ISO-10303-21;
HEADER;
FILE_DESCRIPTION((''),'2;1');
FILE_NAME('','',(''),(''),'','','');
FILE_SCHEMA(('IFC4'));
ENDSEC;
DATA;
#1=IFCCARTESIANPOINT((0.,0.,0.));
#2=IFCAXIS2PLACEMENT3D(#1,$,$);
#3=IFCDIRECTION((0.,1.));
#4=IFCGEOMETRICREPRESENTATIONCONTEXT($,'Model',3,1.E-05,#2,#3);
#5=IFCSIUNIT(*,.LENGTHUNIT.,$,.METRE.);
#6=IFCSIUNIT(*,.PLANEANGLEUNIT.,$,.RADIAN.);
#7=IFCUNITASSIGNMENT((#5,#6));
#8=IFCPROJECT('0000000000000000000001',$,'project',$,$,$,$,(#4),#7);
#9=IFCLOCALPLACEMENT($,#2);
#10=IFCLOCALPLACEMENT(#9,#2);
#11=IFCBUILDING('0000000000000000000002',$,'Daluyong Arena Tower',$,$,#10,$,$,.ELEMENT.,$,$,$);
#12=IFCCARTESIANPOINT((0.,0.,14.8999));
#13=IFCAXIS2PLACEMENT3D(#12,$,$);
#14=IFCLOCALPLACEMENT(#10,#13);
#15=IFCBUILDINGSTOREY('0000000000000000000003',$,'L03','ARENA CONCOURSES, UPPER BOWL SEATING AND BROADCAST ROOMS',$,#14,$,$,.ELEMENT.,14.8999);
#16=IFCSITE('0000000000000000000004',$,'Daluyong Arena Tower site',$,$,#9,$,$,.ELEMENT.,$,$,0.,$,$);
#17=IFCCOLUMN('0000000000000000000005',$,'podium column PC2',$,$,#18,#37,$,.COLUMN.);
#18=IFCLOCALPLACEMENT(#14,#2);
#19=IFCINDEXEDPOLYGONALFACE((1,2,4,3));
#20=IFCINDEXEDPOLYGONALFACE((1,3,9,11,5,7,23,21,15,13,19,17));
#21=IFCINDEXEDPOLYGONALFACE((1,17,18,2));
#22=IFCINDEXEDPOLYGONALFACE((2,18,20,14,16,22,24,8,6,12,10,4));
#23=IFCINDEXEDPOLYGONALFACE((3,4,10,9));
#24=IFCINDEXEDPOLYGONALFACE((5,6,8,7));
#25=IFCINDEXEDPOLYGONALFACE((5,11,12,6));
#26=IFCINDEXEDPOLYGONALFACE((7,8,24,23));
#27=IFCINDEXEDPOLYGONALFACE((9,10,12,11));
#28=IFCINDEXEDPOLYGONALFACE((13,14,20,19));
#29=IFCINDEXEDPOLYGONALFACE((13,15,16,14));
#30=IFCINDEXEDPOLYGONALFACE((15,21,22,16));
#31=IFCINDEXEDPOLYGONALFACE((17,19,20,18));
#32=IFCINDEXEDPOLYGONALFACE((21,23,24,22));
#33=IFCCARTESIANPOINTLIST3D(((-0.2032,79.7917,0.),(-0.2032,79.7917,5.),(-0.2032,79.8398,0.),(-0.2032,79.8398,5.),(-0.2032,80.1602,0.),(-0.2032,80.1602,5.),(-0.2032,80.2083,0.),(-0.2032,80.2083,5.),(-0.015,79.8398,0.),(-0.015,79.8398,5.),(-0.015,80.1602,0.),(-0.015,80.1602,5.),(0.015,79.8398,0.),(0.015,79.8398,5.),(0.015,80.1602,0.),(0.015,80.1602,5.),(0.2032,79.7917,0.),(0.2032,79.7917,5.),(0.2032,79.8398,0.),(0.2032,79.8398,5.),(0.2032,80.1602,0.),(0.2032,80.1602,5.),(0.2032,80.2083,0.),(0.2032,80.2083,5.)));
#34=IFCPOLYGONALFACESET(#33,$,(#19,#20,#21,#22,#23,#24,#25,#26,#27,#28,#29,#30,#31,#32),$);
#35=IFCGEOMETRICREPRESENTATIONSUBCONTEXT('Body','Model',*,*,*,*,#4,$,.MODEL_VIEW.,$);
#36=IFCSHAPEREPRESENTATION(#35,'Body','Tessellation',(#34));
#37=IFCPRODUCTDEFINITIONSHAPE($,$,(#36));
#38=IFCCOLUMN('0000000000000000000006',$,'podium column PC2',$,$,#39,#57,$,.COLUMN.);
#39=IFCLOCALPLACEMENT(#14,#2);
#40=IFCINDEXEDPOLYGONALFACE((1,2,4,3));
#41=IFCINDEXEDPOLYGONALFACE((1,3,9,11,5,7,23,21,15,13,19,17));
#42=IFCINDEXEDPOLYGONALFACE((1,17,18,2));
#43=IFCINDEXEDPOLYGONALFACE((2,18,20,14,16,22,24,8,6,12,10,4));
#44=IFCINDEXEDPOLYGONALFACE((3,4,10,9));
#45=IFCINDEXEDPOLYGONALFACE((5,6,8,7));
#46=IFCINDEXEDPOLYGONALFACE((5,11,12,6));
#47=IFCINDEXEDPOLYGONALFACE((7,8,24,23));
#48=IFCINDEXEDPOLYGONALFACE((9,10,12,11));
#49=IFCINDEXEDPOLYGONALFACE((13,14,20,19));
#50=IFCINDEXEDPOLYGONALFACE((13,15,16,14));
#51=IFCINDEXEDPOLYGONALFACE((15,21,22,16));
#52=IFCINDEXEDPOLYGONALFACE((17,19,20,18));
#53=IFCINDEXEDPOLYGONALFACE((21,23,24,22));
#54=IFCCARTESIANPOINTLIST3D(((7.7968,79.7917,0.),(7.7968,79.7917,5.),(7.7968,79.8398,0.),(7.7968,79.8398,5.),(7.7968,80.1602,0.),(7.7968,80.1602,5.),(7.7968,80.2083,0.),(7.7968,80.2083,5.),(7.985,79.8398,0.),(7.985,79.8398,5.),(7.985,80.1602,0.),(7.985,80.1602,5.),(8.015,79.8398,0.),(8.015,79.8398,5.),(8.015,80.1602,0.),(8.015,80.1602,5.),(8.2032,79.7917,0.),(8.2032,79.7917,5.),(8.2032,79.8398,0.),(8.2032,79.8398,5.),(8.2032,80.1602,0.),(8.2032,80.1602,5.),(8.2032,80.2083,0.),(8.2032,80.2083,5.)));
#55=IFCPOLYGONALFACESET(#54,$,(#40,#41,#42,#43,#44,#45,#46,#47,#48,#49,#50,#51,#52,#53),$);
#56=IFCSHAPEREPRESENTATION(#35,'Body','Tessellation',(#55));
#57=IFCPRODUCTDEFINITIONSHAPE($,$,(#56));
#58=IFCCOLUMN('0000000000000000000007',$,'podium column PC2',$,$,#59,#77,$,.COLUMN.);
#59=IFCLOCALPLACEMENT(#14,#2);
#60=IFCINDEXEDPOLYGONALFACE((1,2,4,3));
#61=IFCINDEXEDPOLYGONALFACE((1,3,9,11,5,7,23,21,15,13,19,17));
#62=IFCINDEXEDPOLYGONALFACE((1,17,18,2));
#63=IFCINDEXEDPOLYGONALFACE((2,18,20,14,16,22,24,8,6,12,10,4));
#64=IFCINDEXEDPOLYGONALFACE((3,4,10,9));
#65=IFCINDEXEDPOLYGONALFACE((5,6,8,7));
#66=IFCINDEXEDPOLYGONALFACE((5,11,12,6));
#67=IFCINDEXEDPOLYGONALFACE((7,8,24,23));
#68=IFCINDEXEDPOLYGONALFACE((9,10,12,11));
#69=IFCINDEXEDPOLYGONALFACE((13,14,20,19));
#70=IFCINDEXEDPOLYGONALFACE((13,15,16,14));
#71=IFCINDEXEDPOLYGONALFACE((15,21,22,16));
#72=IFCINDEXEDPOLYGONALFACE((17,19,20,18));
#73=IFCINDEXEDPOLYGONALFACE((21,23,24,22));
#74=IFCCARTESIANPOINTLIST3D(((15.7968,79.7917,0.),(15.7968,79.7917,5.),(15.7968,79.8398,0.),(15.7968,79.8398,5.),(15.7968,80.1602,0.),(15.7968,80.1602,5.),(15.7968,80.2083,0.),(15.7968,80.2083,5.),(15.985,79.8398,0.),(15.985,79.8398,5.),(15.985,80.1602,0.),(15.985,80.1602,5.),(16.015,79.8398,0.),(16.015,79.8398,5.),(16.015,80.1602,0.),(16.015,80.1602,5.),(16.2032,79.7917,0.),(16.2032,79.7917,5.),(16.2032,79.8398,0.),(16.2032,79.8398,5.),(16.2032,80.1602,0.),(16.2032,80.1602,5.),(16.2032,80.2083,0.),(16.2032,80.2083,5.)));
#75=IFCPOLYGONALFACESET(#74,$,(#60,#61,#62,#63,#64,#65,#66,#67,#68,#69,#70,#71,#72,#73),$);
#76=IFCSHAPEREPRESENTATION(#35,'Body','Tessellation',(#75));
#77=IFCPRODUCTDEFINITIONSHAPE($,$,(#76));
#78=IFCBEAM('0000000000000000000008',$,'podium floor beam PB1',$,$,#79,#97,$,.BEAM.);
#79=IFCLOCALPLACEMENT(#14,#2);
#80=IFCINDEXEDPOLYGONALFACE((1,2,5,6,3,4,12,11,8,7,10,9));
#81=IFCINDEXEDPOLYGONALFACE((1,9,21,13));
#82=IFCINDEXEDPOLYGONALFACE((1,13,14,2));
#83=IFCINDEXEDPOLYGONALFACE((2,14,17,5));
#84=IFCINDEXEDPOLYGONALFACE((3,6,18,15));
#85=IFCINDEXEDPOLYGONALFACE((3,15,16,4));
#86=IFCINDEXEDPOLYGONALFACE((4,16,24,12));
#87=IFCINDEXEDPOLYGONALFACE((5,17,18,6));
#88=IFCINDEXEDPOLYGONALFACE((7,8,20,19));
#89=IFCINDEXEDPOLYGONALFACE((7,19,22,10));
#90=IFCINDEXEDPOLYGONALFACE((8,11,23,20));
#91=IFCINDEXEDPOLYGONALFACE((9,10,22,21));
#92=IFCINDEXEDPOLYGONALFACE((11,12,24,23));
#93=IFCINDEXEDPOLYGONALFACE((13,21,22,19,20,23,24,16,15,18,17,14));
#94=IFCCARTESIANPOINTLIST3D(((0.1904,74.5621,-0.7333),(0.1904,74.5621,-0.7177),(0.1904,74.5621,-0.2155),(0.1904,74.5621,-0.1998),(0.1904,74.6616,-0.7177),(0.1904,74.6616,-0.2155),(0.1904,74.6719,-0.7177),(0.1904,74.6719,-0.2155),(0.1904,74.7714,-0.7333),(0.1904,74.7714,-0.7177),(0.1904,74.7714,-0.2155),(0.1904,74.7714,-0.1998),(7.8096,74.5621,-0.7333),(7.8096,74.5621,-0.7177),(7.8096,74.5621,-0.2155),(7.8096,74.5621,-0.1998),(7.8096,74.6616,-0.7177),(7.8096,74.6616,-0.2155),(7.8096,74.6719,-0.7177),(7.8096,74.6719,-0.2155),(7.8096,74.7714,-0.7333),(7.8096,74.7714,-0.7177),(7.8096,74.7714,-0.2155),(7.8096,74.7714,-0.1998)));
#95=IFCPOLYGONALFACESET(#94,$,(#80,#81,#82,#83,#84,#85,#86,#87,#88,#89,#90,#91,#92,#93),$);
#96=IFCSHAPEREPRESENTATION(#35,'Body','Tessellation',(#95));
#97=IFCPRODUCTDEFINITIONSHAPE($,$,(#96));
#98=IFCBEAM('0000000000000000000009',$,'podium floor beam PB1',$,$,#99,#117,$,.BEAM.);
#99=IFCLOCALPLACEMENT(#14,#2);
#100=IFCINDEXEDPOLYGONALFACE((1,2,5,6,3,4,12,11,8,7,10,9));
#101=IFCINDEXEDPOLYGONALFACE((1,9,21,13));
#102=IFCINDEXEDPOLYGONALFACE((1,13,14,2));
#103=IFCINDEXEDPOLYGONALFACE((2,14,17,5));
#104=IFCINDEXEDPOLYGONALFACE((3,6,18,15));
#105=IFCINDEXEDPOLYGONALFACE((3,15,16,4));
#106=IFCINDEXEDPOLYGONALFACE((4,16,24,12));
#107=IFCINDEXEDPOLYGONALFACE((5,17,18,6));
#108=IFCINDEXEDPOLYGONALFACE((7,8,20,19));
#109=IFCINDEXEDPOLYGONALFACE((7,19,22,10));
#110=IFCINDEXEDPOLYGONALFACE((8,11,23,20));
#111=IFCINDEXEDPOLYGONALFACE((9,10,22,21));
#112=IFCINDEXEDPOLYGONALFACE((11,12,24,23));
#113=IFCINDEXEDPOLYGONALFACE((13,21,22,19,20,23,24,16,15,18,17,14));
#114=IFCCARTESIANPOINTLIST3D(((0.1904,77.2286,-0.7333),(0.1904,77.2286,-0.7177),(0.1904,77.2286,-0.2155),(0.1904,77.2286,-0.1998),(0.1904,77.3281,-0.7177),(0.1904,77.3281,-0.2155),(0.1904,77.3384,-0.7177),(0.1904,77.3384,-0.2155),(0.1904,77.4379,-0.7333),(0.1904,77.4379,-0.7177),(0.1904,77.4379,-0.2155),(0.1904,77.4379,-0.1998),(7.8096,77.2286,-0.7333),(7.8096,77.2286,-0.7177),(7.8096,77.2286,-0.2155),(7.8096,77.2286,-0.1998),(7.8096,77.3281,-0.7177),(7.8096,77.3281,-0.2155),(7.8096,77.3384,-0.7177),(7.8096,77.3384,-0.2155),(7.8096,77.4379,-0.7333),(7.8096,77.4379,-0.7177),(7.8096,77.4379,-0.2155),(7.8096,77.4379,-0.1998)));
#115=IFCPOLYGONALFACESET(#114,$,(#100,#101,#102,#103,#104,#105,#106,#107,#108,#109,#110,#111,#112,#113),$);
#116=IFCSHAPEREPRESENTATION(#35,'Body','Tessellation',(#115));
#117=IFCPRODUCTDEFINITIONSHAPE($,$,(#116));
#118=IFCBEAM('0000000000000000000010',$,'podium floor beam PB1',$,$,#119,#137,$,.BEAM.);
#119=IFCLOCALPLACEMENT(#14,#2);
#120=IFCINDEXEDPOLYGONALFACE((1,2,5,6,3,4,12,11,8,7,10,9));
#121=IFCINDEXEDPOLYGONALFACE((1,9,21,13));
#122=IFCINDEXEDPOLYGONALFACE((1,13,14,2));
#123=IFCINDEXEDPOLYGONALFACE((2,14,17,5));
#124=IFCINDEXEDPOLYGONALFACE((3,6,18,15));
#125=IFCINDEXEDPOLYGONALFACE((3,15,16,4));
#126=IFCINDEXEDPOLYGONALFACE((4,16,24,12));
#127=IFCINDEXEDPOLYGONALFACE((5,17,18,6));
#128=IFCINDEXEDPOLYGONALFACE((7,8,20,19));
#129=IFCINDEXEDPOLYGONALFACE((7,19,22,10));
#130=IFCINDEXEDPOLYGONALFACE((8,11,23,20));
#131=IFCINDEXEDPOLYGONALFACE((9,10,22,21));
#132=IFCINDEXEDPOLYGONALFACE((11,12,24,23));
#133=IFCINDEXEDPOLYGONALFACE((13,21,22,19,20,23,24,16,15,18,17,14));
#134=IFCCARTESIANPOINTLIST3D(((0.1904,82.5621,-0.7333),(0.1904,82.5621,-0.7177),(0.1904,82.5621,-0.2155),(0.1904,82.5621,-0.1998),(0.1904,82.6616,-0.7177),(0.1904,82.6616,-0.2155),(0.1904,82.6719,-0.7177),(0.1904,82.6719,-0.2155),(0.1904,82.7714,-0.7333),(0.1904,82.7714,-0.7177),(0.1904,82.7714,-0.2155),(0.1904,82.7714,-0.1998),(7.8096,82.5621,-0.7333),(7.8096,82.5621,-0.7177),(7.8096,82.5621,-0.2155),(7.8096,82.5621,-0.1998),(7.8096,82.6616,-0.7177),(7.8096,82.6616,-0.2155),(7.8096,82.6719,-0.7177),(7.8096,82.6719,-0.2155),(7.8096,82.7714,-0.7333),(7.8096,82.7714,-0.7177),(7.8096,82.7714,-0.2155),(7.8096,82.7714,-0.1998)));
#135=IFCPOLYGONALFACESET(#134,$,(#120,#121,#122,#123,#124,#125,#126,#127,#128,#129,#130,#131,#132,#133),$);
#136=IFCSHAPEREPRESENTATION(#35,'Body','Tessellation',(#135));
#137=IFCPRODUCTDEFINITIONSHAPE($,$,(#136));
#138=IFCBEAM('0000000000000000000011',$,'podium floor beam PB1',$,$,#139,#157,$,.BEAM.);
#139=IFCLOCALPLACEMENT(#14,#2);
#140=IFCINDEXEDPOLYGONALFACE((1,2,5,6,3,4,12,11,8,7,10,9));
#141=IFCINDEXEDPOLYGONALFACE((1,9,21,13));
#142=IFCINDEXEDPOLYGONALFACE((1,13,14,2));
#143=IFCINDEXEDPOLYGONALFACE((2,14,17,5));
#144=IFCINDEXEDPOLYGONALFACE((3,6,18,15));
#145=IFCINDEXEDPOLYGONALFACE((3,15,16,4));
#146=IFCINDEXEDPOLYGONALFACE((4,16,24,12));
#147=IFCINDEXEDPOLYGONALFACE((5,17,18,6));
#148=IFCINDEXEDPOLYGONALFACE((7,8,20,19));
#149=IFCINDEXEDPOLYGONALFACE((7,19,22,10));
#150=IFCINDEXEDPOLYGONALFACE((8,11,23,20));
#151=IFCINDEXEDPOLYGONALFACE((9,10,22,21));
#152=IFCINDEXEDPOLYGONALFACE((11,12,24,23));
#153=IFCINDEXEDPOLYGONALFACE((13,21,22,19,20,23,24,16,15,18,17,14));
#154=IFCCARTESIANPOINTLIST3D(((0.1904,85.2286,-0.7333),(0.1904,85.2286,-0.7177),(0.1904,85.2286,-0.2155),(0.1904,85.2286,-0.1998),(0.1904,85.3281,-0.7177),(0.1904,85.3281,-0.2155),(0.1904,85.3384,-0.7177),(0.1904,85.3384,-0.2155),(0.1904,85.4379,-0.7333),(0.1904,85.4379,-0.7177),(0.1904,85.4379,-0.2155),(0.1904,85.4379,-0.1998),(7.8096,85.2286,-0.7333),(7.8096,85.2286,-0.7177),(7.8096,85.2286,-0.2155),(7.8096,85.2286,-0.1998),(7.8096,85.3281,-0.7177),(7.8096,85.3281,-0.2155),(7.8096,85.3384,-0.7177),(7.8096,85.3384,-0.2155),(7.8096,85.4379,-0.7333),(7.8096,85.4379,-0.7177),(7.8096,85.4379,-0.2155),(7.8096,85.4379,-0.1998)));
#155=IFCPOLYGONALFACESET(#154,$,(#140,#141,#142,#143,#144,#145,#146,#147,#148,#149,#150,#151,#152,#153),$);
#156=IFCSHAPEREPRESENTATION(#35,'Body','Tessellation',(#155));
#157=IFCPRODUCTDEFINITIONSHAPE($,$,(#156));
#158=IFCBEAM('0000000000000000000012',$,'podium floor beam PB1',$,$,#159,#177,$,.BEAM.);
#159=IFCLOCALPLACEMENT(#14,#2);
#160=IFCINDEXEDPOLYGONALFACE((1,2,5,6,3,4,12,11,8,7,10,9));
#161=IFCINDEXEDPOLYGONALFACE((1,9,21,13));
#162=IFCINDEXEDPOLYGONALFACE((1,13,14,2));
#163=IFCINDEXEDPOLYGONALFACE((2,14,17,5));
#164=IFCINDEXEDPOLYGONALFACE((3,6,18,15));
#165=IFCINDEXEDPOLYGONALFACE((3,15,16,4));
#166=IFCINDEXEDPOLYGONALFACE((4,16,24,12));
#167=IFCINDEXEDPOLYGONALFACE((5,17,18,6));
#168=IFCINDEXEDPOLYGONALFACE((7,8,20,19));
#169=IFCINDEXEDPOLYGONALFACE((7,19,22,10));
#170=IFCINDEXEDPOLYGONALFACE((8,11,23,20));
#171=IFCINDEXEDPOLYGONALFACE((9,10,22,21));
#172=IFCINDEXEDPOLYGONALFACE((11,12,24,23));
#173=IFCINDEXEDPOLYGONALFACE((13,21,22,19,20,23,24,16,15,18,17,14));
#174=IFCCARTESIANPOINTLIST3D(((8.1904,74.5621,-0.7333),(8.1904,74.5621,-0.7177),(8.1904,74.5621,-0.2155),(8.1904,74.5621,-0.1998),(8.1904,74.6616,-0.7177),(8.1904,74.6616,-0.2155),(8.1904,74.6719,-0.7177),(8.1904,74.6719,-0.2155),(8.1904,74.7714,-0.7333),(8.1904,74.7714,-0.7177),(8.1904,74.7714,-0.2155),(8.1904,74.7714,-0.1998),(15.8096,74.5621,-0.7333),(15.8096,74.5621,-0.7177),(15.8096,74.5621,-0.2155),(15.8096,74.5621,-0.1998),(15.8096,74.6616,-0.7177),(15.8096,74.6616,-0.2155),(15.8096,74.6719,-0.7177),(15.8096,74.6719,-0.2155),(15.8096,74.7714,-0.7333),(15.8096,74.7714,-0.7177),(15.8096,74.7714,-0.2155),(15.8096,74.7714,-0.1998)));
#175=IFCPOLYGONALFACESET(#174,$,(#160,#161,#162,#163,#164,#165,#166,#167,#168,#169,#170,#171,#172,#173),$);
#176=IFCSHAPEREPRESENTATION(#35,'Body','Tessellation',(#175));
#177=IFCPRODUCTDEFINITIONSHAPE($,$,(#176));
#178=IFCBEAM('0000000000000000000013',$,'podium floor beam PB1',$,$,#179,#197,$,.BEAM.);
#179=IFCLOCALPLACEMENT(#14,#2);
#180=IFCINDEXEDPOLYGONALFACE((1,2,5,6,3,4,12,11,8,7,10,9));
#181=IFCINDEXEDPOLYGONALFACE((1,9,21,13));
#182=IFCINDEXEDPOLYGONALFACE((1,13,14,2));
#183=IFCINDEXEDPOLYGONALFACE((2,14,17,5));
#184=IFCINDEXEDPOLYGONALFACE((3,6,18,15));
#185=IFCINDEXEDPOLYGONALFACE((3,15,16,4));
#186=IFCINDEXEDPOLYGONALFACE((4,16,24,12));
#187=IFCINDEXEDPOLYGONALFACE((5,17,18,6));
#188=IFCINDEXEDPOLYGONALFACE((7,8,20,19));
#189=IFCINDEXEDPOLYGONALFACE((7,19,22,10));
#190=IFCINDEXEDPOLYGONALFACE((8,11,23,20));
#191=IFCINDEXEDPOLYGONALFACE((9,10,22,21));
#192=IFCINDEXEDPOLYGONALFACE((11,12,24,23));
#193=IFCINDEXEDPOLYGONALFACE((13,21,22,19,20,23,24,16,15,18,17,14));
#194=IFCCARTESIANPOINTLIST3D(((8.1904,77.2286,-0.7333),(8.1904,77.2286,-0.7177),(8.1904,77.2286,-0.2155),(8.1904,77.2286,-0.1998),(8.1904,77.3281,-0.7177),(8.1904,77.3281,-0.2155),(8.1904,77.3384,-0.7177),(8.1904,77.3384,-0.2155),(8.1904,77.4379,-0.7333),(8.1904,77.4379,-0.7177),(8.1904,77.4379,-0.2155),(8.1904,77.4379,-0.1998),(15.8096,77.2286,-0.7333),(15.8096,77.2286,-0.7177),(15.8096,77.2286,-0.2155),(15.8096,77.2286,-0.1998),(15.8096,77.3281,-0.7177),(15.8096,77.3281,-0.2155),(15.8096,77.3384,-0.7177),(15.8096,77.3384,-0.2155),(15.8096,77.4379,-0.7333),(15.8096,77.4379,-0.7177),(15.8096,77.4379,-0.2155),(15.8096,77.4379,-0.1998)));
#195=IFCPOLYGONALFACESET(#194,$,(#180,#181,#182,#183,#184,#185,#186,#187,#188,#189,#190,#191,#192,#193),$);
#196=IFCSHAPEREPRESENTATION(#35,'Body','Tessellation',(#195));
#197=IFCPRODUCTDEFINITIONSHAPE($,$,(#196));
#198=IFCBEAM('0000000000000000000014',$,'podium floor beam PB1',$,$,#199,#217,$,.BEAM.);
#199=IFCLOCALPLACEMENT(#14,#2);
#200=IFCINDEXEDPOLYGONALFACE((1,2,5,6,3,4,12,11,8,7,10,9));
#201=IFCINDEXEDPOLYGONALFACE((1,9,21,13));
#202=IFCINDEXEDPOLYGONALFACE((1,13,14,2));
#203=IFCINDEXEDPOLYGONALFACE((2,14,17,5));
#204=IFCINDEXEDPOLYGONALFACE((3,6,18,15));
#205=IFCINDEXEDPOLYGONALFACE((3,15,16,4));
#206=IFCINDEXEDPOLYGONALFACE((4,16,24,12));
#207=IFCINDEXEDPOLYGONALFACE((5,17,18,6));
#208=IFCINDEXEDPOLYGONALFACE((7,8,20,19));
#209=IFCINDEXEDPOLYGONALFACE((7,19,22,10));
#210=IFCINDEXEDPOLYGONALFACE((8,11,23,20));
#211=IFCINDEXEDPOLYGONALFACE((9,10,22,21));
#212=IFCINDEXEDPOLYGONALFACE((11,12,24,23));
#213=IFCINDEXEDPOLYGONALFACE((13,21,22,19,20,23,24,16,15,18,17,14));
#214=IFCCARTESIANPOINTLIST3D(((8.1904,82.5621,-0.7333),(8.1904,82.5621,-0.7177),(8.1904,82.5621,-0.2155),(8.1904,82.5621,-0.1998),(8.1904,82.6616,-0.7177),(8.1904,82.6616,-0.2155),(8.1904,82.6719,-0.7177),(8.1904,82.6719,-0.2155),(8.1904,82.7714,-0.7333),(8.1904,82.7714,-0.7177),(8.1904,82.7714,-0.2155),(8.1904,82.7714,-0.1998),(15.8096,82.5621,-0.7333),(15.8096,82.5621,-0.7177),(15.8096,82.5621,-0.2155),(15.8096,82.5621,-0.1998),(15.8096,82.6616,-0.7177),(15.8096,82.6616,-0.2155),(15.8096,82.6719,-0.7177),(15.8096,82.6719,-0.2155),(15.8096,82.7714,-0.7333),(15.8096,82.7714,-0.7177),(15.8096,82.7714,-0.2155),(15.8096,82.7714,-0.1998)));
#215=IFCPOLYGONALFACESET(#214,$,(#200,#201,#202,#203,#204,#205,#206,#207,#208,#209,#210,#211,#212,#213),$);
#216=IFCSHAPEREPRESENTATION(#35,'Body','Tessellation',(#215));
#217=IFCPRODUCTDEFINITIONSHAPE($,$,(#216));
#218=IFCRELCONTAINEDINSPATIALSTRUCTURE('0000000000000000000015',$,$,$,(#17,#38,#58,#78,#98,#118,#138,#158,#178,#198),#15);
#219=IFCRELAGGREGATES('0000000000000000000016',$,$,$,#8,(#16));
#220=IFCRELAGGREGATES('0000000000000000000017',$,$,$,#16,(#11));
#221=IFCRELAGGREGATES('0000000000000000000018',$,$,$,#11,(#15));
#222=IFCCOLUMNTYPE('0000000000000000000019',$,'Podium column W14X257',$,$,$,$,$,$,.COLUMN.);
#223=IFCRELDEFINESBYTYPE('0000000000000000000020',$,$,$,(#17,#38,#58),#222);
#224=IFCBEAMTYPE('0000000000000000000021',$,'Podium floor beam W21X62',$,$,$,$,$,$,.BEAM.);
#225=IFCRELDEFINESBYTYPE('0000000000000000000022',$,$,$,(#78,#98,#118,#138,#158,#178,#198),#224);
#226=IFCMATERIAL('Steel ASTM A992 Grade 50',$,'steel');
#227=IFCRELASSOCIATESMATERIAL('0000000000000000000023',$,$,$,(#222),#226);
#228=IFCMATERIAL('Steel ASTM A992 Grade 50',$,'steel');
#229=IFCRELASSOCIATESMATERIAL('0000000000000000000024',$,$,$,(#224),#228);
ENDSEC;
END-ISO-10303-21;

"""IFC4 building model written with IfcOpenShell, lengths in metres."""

from ifc_helpers import new_model, si_unit, direction, frame, origin, origin_2d, place, context, subcontext, project, spatial, i_section, extrude, material, material_profile, profile_set, type_object, element, save


model = new_model("IFC4")

# Units and contexts
model_context = context("Model", 3, precision=1e-05, world=origin(), true_north=direction((0.0, 1.0)))
body_context = subcontext(model_context, "Body", "Model", "MODEL_VIEW")
ifc_project = project(units=[si_unit("LENGTHUNIT", "METRE"), si_unit("PLANEANGLEUNIT", "RADIAN")], contexts=[model_context])

# Site, building, storey
site_placement = place(None, origin())
site = spatial("IfcSite", under=ifc_project, at=site_placement, Name="Daluyong Arena Tower site", CompositionType="ELEMENT", RefElevation=0.0)
building_placement = place(site_placement, origin())
building = spatial("IfcBuilding", under=site, at=building_placement, Name="Daluyong Arena Tower", CompositionType="ELEMENT")
storey_placement = place(building_placement, frame((0.0, 0.0, 14.8999)))
storey = spatial("IfcBuildingStorey", under=building, at=storey_placement, Name="L03", Description="ARENA CONCOURSES, UPPER BOWL SEATING AND BROADCAST ROOMS", CompositionType="ELEMENT", Elevation=14.8999)

# Columns
ifc_material_1 = material(Name="Steel ASTM A992 Grade 50", Category="steel")
ifc_material_profile_1 = material_profile(ifc_material_1, i_section(OverallWidth=0.4065, OverallDepth=0.4165, WebThickness=0.03, FlangeThickness=0.0481, at=origin_2d()))
ifc_profile_set_1 = profile_set([ifc_material_profile_1], Name="Steel ASTM A992 Grade 50")
column_type = type_object("IfcColumnType", Name="Podium column W14X257", PredefinedType="COLUMN", material=ifc_profile_set_1)
for number, where, z_axis, x_axis, name in (
    (1, (0.0, 80.0, 0.0), (0.0, 0.0, 1.0), (1.0, 0.0, 0.0), "podium column PC2"),
    (2, (8.0, 80.0, 0.0), (0.0, 0.0, 1.0), (1.0, 0.0, 0.0), "podium column PC2"),
    (3, (16.0, 80.0, 0.0), (0.0, 0.0, 1.0), (1.0, 0.0, 0.0), "podium column PC2"),
):
    element("IfcColumn", number, at=place(storey_placement, frame(where, z_axis=z_axis, x_axis=x_axis)), inside=storey, type_object=column_type, Name=name, PredefinedType="COLUMN", context=body_context, shape_type="SweptSolid", body=[
        extrude(i_section(OverallWidth=0.4065, OverallDepth=0.4165, WebThickness=0.03, FlangeThickness=0.0481, at=origin_2d()), origin(), (0.0, 0.0, 1.0), 5.0),
    ])

# Beams
ifc_material_2 = material(Name="Steel ASTM A992 Grade 50", Category="steel")
ifc_material_profile_2 = material_profile(ifc_material_2, i_section(OverallWidth=0.2092, OverallDepth=0.5334, WebThickness=0.0103, FlangeThickness=0.0156, at=origin_2d()))
ifc_profile_set_2 = profile_set([ifc_material_profile_2], Name="Steel ASTM A992 Grade 50")
beam_type_1 = type_object("IfcBeamType", Name="Podium floor beam W21X62", PredefinedType="BEAM", material=ifc_profile_set_2)
for number, where, z_axis, x_axis, name in (
    (4, (0.1904, 74.6667, -0.4666), (1.0, 0.0, 0.0), (0.0, 1.0, 0.0), "podium floor beam PB1"),
    (5, (0.1904, 77.3333, -0.4666), (1.0, 0.0, 0.0), (0.0, 1.0, 0.0), "podium floor beam PB1"),
    (6, (0.1904, 82.6667, -0.4666), (1.0, 0.0, 0.0), (0.0, 1.0, 0.0), "podium floor beam PB1"),
    (7, (0.1904, 85.3333, -0.4666), (1.0, 0.0, 0.0), (0.0, 1.0, 0.0), "podium floor beam PB1"),
    (8, (8.1904, 74.6667, -0.4666), (1.0, 0.0, 0.0), (0.0, 1.0, 0.0), "podium floor beam PB1"),
    (9, (8.1904, 77.3333, -0.4666), (1.0, 0.0, 0.0), (0.0, 1.0, 0.0), "podium floor beam PB1"),
    (10, (8.1904, 82.6667, -0.4666), (1.0, 0.0, 0.0), (0.0, 1.0, 0.0), "podium floor beam PB1"),
):
    element("IfcBeam", number, at=place(storey_placement, frame(where, z_axis=z_axis, x_axis=x_axis)), inside=storey, type_object=beam_type_1, Name=name, PredefinedType="BEAM", context=body_context, shape_type="SweptSolid", body=[
        extrude(i_section(OverallWidth=0.2092, OverallDepth=0.5334, WebThickness=0.0103, FlangeThickness=0.0156, at=origin_2d()), origin(), (0.0, 0.0, 1.0), 7.6191),
    ])

save(model, "model.ifc")
